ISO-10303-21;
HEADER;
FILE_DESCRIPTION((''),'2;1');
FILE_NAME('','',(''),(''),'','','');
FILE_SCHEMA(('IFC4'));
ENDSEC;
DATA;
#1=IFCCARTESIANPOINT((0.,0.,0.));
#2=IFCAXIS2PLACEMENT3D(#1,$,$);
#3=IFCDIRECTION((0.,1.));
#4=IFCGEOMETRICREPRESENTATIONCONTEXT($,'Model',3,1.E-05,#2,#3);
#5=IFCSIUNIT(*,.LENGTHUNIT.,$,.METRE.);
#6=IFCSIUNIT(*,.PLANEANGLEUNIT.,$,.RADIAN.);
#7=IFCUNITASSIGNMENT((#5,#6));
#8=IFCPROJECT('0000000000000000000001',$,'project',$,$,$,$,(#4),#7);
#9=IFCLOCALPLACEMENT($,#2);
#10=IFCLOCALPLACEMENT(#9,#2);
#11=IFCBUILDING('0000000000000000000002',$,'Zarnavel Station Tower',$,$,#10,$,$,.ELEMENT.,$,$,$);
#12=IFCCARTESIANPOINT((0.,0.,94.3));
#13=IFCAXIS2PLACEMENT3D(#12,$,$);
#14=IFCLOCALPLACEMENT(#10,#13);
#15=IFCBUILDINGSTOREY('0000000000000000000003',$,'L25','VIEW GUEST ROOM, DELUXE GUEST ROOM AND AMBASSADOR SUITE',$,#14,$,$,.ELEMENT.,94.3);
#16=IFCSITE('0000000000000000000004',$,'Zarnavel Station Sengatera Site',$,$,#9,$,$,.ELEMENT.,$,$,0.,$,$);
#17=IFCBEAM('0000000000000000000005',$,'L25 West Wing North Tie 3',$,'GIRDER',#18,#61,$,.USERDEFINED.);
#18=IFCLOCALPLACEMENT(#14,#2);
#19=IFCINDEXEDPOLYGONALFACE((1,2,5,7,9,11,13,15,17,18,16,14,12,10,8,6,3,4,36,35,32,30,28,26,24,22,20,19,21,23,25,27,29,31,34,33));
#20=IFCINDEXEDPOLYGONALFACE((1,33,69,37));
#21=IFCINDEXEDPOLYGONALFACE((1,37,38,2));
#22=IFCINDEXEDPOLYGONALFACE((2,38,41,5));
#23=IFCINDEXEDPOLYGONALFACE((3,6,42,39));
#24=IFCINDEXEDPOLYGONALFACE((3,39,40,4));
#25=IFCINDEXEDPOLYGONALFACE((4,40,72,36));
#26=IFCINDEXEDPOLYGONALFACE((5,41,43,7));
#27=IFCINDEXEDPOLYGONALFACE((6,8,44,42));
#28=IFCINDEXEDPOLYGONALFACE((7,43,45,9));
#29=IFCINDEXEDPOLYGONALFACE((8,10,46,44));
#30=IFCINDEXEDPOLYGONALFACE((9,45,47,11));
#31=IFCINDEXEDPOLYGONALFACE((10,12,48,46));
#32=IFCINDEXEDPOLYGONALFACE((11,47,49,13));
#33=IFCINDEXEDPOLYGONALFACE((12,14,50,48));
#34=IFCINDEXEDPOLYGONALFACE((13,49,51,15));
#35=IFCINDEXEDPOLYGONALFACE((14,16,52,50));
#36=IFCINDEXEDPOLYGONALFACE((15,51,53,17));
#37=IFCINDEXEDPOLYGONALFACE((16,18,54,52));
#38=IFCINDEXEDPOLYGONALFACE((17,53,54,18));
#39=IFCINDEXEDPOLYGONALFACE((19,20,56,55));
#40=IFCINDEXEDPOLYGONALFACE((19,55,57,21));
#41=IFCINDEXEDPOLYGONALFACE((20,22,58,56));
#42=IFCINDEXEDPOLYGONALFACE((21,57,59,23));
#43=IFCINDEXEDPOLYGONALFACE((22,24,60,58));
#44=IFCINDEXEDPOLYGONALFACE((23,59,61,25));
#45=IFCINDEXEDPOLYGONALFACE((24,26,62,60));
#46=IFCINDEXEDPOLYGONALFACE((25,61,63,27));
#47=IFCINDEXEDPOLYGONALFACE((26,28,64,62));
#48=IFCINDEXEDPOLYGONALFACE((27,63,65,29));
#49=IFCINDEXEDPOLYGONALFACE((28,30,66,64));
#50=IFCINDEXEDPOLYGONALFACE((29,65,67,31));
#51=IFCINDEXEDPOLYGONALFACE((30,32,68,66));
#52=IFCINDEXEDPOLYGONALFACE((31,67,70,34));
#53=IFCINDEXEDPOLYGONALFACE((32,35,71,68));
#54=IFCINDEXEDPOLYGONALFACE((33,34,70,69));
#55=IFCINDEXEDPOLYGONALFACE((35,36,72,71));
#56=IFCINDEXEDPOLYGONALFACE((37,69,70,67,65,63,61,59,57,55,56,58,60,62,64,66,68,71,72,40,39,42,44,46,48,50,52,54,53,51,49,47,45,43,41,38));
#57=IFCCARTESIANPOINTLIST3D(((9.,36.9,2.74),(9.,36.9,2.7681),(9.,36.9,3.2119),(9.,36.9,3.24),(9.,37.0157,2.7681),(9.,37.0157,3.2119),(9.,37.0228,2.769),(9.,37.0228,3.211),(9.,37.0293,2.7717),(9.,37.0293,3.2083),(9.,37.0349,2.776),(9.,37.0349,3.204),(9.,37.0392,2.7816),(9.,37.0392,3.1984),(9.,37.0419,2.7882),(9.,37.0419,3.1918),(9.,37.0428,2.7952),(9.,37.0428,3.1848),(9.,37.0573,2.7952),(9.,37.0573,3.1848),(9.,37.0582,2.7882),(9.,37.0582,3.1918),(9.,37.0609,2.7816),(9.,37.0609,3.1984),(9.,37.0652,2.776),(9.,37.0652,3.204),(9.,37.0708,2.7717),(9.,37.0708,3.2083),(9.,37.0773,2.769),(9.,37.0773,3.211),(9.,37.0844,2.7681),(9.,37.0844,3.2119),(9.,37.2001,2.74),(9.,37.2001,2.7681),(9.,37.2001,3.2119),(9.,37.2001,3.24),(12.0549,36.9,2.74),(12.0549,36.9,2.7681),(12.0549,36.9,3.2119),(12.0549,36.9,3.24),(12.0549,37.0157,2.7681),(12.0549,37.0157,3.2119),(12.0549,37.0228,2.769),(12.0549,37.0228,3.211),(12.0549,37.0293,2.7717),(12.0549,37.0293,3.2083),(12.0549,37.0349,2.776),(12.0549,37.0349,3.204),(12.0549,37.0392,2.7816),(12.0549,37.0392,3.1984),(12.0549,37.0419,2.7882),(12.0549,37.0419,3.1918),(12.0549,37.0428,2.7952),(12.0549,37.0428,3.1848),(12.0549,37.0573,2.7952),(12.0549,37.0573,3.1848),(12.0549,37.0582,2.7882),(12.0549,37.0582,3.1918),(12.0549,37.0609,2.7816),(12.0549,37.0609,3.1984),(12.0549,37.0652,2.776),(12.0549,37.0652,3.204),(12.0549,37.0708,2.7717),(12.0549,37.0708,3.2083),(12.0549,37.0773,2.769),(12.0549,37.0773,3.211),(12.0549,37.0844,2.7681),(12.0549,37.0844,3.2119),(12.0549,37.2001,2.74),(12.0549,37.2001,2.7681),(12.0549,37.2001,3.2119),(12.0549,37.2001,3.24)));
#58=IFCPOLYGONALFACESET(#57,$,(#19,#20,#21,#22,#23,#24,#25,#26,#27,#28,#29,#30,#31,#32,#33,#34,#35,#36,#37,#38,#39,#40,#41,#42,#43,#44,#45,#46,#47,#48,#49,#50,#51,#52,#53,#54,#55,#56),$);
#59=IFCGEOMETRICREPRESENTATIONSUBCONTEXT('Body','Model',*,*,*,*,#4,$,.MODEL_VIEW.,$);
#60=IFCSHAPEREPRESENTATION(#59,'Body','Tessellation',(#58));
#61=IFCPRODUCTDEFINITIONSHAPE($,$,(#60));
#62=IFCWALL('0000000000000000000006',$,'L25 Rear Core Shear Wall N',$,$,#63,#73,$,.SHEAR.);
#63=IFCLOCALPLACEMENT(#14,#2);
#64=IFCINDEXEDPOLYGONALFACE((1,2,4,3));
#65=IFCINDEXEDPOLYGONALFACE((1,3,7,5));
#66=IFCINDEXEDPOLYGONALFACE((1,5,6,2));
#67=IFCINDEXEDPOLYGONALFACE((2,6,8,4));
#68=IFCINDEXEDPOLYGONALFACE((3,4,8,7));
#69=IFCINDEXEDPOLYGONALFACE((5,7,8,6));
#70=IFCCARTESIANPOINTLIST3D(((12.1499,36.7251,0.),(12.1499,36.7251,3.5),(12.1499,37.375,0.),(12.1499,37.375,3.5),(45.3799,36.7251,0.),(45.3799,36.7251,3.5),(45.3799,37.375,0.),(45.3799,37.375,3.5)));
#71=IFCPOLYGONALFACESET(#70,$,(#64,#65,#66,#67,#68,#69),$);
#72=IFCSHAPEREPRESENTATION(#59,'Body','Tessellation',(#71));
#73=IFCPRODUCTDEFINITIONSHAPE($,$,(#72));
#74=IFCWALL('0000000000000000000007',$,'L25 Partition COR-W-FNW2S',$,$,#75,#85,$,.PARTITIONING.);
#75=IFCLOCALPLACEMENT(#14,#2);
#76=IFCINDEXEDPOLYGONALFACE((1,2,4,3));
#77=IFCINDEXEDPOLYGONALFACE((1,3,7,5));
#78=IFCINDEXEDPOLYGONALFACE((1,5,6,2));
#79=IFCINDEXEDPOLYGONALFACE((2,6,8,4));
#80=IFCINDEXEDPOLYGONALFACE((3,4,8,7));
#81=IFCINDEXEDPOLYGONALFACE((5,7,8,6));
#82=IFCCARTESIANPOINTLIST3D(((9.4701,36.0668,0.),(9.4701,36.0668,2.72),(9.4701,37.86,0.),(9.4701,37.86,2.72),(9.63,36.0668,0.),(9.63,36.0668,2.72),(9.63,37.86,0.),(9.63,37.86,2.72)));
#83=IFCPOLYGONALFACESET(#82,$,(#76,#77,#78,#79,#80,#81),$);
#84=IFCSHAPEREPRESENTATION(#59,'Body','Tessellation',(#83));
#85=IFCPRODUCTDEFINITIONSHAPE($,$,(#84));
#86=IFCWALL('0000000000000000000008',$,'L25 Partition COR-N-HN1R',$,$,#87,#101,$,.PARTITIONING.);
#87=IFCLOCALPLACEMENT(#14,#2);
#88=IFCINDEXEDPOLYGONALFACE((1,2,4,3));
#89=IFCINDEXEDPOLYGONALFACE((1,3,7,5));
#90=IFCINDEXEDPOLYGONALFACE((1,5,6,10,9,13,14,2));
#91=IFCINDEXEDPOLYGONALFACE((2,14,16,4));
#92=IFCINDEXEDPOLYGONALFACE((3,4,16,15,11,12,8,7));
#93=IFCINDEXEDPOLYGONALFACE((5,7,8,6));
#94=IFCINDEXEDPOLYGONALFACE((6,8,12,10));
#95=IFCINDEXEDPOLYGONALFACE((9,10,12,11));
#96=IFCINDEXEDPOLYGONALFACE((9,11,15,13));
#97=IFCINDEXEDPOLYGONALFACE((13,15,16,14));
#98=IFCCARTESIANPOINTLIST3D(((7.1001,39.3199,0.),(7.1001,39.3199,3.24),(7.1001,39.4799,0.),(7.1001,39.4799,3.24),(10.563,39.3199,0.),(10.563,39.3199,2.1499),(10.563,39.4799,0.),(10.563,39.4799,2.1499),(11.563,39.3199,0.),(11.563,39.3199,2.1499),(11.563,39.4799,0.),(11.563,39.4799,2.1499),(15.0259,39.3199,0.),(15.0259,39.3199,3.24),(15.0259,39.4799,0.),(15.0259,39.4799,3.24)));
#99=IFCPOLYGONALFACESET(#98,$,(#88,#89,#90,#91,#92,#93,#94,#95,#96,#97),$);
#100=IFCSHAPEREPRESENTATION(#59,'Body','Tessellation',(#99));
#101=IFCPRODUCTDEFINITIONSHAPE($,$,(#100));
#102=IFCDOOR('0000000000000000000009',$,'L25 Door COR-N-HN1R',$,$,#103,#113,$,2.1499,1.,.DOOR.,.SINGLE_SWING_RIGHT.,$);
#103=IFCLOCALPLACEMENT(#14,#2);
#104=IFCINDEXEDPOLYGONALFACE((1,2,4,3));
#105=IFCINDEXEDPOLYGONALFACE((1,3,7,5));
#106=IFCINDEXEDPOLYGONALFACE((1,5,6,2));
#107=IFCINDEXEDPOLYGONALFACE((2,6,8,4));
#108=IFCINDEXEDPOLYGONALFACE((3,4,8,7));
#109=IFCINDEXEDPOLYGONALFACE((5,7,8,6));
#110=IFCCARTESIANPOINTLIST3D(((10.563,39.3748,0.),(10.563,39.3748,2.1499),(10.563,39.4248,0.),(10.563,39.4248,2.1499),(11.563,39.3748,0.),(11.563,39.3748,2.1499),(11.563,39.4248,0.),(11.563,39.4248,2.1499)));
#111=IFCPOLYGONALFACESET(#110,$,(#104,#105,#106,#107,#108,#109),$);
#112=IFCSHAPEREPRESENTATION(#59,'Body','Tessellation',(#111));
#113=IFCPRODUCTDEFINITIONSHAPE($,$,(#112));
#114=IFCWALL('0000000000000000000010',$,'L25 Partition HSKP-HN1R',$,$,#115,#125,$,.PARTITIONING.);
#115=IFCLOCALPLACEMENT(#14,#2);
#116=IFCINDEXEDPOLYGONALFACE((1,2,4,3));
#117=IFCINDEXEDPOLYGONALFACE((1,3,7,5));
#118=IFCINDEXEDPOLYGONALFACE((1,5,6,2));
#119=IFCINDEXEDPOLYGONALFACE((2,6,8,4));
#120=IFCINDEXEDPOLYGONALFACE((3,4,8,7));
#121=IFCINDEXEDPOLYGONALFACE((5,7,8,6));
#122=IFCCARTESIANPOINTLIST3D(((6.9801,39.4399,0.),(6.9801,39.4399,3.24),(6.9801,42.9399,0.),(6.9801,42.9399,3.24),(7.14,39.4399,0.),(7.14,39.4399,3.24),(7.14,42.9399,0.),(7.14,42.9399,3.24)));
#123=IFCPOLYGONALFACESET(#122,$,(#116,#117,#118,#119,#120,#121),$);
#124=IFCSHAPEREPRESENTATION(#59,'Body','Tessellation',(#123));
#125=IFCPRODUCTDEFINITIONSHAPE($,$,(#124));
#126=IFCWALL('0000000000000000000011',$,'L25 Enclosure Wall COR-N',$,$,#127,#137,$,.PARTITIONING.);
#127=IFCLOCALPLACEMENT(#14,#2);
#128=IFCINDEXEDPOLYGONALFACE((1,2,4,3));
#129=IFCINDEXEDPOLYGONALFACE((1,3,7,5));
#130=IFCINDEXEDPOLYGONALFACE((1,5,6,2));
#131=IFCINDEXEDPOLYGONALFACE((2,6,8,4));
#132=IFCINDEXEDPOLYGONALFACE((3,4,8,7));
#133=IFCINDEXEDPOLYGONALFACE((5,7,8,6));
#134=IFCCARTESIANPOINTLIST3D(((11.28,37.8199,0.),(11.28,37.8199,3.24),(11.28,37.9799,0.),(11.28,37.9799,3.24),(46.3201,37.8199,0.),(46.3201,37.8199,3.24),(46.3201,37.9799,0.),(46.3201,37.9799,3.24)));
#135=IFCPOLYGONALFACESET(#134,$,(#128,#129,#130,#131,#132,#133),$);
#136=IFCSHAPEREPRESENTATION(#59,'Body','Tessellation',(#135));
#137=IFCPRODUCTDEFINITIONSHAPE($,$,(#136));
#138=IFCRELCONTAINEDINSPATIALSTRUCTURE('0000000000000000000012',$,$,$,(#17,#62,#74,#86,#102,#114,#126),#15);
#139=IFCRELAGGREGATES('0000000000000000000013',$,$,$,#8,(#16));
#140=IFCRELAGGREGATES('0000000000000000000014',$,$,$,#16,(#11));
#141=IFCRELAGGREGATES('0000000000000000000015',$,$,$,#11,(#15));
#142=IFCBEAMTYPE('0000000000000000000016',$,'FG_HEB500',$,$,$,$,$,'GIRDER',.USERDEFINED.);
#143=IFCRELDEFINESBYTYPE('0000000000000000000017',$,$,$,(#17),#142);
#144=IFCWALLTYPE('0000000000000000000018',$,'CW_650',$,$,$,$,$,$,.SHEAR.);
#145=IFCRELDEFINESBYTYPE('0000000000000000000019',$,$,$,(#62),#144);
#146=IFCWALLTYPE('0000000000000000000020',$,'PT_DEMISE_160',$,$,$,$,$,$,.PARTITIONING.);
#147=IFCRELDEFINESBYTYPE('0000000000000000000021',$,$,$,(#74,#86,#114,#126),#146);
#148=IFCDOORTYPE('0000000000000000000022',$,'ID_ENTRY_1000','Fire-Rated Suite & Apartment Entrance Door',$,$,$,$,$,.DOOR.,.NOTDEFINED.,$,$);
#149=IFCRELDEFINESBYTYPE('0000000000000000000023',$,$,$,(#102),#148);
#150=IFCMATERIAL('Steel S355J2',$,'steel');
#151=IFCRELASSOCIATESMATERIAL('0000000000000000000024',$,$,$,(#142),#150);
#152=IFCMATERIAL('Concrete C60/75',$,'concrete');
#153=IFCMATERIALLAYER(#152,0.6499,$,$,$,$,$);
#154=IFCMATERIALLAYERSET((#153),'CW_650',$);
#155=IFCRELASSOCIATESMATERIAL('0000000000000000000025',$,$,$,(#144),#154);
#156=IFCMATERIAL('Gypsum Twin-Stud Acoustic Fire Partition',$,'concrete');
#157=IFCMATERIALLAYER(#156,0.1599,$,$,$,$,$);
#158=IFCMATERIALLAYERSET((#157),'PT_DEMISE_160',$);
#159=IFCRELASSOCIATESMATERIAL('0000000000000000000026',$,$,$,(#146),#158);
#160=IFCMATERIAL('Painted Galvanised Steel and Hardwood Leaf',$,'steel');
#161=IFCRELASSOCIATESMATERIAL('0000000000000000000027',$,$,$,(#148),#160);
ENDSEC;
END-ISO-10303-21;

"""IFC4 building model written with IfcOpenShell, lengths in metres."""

from ifc_helpers import new_model, si_unit, direction, frame, frame_2d, origin, origin_2d, place, context, subcontext, project, spatial, rectangle, i_section, extrude, material, layer, layer_set, material_profile, profile_set, type_object, element, fill, save


model = new_model("IFC4")

# Units and contexts
model_context = context("Model", 3, precision=1e-05, world=origin(), true_north=direction((0.0, 1.0)))
body_context = subcontext(model_context, "Body", "Model", "MODEL_VIEW")
ifc_project = project(units=[si_unit("LENGTHUNIT", "METRE"), si_unit("PLANEANGLEUNIT", "RADIAN")], contexts=[model_context])

# Site, building, storey
site_placement = place(None, origin())
site = spatial("IfcSite", under=ifc_project, at=site_placement, Name="Zarnavel Station Sengatera Site", CompositionType="ELEMENT", RefElevation=0.0)
building_placement = place(site_placement, origin())
building = spatial("IfcBuilding", under=site, at=building_placement, Name="Zarnavel Station Tower", CompositionType="ELEMENT")
storey_placement = place(building_placement, frame((0.0, 0.0, 94.3)))
storey = spatial("IfcBuildingStorey", under=building, at=storey_placement, Name="L25", Description="VIEW GUEST ROOM, DELUXE GUEST ROOM AND AMBASSADOR SUITE", CompositionType="ELEMENT", Elevation=94.3)

# Beam
ifc_material_1 = material(Name="Steel S355J2", Category="steel")
ifc_material_profile_1 = material_profile(ifc_material_1, i_section(OverallWidth=0.3, OverallDepth=0.5, WebThickness=0.0144, FlangeThickness=0.0281, FilletRadius=0.0271, at=origin_2d()), Name="HEB500")
ifc_profile_set_1 = profile_set([ifc_material_profile_1], Name="Steel S355J2")
beam_type = type_object("IfcBeamType", Name="FG_HEB500", ElementType="GIRDER", PredefinedType="USERDEFINED", material=ifc_profile_set_1)
beam_1_placement = place(storey_placement, frame((9.0, 37.05, 2.99), z_axis=(1.0, 0.0, 0.0), x_axis=(0.0, 1.0, 0.0)))
element("IfcBeam", 1, at=beam_1_placement, inside=storey, type_object=beam_type, Name="L25 West Wing North Tie 3", ObjectType="GIRDER", PredefinedType="USERDEFINED", context=body_context, shape_type="SweptSolid", body=[
    extrude(i_section(OverallWidth=0.3, OverallDepth=0.5, WebThickness=0.0144, FlangeThickness=0.0281, FilletRadius=0.0271, at=origin_2d()), origin(), (0.0, 0.0, 1.0), 3.0549),
])

# Wall
ifc_material_2 = material(Name="Concrete C60/75", Category="concrete")
ifc_layer_1 = layer(ifc_material_2, 0.6499)
ifc_layer_set_1 = layer_set([ifc_layer_1], Name="CW_650")
wall_type_1 = type_object("IfcWallType", Name="CW_650", PredefinedType="SHEAR", material=ifc_layer_set_1)
wall_1_placement = place(storey_placement, frame((12.1499, 37.05, 0.0), z_axis=(0.0, 0.0, 1.0), x_axis=(1.0, 0.0, 0.0)))
element("IfcWall", 2, at=wall_1_placement, inside=storey, type_object=wall_type_1, Name="L25 Rear Core Shear Wall N", PredefinedType="SHEAR", context=body_context, shape_type="SweptSolid", body=[
    extrude(rectangle(XDim=33.23, YDim=0.6499, at=frame_2d((16.615, 0.0))), origin(), (0.0, 0.0, 1.0), 3.5),
])

# Wall
ifc_material_3 = material(Name="Gypsum Twin-Stud Acoustic Fire Partition", Category="concrete")
ifc_layer_2 = layer(ifc_material_3, 0.1599)
ifc_layer_set_2 = layer_set([ifc_layer_2], Name="PT_DEMISE_160")
wall_type_2 = type_object("IfcWallType", Name="PT_DEMISE_160", PredefinedType="PARTITIONING", material=ifc_layer_set_2)
wall_2_placement = place(storey_placement, frame((9.55, 36.0669, 0.0), z_axis=(0.0, 0.0, 1.0), x_axis=(0.0, 1.0, 0.0)))
element("IfcWall", 3, at=wall_2_placement, inside=storey, type_object=wall_type_2, Name="L25 Partition COR-W-FNW2S", PredefinedType="PARTITIONING", context=body_context, shape_type="SweptSolid", body=[
    extrude(rectangle(XDim=1.7932, YDim=0.1599, at=frame_2d((0.8965, 0.0))), origin(), (0.0, 0.0, 1.0), 2.72),
])

# Wall, opening, door
wall_3_placement = place(storey_placement, frame((7.1001, 39.3999, 0.0), z_axis=(0.0, 0.0, 1.0), x_axis=(1.0, 0.0, 0.0)))
wall_3 = element("IfcWall", 4, at=wall_3_placement, inside=storey, type_object=wall_type_2, Name="L25 Partition COR-N-HN1R", PredefinedType="PARTITIONING", context=body_context, shape_type="SweptSolid", body=[
    extrude(rectangle(XDim=7.9258, YDim=0.1599, at=frame_2d((3.9629, 0.0))), origin(), (0.0, 0.0, 1.0), 3.24),
])
opening_1_placement = place(wall_3_placement, frame((3.4629, 0.0, 0.0)))
opening_1 = element("IfcOpeningElement", 5, at=opening_1_placement, cuts=wall_3, PredefinedType="OPENING", context=body_context, shape_type="SweptSolid", body=[
    extrude(rectangle(XDim=1.0, YDim=2.1499, at=frame_2d((0.5, 1.075))), frame((0.0, 0.0898, 0.0), z_axis=(0.0, -1.0, 0.0), x_axis=(1.0, 0.0, 0.0)), (0.0, 0.0, 1.0), 0.1799),
])
ifc_material_4 = material(Name="Painted Galvanised Steel and Hardwood Leaf", Category="steel")
door_type = type_object("IfcDoorType", Name="ID_ENTRY_1000", Description="Fire-Rated Suite & Apartment Entrance Door", OperationType="NOTDEFINED", PredefinedType="DOOR", material=ifc_material_4)
door_placement = place(opening_1_placement, origin())
door = element("IfcDoor", 6, at=door_placement, inside=storey, type_object=door_type, Name="L25 Door COR-N-HN1R", OperationType="SINGLE_SWING_RIGHT", OverallHeight=2.1499, OverallWidth=1.0, PredefinedType="DOOR", context=body_context, shape_type="SweptSolid", body=[
    extrude(rectangle(XDim=1.0, YDim=2.1499, at=frame_2d((0.5, 1.075))), frame((0.0, 0.0249, 0.0), z_axis=(0.0, -1.0, 0.0), x_axis=(1.0, 0.0, 0.0)), (0.0, 0.0, 1.0), 0.05),
])
fill(opening_1, door)

# Walls
wall_4_placement = place(storey_placement, frame((7.0601, 39.4399, 0.0), z_axis=(0.0, 0.0, 1.0), x_axis=(0.0, 1.0, 0.0)))
element("IfcWall", 7, at=wall_4_placement, inside=storey, type_object=wall_type_2, Name="L25 Partition HSKP-HN1R", PredefinedType="PARTITIONING", context=body_context, shape_type="SweptSolid", body=[
    extrude(rectangle(XDim=3.5, YDim=0.1599, at=frame_2d((1.75, 0.0))), origin(), (0.0, 0.0, 1.0), 3.24),
])
wall_5_placement = place(storey_placement, frame((11.28, 37.8999, 0.0), z_axis=(0.0, 0.0, 1.0), x_axis=(1.0, 0.0, 0.0)))
element("IfcWall", 8, at=wall_5_placement, inside=storey, type_object=wall_type_2, Name="L25 Enclosure Wall COR-N", PredefinedType="PARTITIONING", context=body_context, shape_type="SweptSolid", body=[
    extrude(rectangle(XDim=35.04, YDim=0.1599, at=frame_2d((17.52, 0.0))), origin(), (0.0, 0.0, 1.0), 3.24),
])

save(model, "model.ifc")
